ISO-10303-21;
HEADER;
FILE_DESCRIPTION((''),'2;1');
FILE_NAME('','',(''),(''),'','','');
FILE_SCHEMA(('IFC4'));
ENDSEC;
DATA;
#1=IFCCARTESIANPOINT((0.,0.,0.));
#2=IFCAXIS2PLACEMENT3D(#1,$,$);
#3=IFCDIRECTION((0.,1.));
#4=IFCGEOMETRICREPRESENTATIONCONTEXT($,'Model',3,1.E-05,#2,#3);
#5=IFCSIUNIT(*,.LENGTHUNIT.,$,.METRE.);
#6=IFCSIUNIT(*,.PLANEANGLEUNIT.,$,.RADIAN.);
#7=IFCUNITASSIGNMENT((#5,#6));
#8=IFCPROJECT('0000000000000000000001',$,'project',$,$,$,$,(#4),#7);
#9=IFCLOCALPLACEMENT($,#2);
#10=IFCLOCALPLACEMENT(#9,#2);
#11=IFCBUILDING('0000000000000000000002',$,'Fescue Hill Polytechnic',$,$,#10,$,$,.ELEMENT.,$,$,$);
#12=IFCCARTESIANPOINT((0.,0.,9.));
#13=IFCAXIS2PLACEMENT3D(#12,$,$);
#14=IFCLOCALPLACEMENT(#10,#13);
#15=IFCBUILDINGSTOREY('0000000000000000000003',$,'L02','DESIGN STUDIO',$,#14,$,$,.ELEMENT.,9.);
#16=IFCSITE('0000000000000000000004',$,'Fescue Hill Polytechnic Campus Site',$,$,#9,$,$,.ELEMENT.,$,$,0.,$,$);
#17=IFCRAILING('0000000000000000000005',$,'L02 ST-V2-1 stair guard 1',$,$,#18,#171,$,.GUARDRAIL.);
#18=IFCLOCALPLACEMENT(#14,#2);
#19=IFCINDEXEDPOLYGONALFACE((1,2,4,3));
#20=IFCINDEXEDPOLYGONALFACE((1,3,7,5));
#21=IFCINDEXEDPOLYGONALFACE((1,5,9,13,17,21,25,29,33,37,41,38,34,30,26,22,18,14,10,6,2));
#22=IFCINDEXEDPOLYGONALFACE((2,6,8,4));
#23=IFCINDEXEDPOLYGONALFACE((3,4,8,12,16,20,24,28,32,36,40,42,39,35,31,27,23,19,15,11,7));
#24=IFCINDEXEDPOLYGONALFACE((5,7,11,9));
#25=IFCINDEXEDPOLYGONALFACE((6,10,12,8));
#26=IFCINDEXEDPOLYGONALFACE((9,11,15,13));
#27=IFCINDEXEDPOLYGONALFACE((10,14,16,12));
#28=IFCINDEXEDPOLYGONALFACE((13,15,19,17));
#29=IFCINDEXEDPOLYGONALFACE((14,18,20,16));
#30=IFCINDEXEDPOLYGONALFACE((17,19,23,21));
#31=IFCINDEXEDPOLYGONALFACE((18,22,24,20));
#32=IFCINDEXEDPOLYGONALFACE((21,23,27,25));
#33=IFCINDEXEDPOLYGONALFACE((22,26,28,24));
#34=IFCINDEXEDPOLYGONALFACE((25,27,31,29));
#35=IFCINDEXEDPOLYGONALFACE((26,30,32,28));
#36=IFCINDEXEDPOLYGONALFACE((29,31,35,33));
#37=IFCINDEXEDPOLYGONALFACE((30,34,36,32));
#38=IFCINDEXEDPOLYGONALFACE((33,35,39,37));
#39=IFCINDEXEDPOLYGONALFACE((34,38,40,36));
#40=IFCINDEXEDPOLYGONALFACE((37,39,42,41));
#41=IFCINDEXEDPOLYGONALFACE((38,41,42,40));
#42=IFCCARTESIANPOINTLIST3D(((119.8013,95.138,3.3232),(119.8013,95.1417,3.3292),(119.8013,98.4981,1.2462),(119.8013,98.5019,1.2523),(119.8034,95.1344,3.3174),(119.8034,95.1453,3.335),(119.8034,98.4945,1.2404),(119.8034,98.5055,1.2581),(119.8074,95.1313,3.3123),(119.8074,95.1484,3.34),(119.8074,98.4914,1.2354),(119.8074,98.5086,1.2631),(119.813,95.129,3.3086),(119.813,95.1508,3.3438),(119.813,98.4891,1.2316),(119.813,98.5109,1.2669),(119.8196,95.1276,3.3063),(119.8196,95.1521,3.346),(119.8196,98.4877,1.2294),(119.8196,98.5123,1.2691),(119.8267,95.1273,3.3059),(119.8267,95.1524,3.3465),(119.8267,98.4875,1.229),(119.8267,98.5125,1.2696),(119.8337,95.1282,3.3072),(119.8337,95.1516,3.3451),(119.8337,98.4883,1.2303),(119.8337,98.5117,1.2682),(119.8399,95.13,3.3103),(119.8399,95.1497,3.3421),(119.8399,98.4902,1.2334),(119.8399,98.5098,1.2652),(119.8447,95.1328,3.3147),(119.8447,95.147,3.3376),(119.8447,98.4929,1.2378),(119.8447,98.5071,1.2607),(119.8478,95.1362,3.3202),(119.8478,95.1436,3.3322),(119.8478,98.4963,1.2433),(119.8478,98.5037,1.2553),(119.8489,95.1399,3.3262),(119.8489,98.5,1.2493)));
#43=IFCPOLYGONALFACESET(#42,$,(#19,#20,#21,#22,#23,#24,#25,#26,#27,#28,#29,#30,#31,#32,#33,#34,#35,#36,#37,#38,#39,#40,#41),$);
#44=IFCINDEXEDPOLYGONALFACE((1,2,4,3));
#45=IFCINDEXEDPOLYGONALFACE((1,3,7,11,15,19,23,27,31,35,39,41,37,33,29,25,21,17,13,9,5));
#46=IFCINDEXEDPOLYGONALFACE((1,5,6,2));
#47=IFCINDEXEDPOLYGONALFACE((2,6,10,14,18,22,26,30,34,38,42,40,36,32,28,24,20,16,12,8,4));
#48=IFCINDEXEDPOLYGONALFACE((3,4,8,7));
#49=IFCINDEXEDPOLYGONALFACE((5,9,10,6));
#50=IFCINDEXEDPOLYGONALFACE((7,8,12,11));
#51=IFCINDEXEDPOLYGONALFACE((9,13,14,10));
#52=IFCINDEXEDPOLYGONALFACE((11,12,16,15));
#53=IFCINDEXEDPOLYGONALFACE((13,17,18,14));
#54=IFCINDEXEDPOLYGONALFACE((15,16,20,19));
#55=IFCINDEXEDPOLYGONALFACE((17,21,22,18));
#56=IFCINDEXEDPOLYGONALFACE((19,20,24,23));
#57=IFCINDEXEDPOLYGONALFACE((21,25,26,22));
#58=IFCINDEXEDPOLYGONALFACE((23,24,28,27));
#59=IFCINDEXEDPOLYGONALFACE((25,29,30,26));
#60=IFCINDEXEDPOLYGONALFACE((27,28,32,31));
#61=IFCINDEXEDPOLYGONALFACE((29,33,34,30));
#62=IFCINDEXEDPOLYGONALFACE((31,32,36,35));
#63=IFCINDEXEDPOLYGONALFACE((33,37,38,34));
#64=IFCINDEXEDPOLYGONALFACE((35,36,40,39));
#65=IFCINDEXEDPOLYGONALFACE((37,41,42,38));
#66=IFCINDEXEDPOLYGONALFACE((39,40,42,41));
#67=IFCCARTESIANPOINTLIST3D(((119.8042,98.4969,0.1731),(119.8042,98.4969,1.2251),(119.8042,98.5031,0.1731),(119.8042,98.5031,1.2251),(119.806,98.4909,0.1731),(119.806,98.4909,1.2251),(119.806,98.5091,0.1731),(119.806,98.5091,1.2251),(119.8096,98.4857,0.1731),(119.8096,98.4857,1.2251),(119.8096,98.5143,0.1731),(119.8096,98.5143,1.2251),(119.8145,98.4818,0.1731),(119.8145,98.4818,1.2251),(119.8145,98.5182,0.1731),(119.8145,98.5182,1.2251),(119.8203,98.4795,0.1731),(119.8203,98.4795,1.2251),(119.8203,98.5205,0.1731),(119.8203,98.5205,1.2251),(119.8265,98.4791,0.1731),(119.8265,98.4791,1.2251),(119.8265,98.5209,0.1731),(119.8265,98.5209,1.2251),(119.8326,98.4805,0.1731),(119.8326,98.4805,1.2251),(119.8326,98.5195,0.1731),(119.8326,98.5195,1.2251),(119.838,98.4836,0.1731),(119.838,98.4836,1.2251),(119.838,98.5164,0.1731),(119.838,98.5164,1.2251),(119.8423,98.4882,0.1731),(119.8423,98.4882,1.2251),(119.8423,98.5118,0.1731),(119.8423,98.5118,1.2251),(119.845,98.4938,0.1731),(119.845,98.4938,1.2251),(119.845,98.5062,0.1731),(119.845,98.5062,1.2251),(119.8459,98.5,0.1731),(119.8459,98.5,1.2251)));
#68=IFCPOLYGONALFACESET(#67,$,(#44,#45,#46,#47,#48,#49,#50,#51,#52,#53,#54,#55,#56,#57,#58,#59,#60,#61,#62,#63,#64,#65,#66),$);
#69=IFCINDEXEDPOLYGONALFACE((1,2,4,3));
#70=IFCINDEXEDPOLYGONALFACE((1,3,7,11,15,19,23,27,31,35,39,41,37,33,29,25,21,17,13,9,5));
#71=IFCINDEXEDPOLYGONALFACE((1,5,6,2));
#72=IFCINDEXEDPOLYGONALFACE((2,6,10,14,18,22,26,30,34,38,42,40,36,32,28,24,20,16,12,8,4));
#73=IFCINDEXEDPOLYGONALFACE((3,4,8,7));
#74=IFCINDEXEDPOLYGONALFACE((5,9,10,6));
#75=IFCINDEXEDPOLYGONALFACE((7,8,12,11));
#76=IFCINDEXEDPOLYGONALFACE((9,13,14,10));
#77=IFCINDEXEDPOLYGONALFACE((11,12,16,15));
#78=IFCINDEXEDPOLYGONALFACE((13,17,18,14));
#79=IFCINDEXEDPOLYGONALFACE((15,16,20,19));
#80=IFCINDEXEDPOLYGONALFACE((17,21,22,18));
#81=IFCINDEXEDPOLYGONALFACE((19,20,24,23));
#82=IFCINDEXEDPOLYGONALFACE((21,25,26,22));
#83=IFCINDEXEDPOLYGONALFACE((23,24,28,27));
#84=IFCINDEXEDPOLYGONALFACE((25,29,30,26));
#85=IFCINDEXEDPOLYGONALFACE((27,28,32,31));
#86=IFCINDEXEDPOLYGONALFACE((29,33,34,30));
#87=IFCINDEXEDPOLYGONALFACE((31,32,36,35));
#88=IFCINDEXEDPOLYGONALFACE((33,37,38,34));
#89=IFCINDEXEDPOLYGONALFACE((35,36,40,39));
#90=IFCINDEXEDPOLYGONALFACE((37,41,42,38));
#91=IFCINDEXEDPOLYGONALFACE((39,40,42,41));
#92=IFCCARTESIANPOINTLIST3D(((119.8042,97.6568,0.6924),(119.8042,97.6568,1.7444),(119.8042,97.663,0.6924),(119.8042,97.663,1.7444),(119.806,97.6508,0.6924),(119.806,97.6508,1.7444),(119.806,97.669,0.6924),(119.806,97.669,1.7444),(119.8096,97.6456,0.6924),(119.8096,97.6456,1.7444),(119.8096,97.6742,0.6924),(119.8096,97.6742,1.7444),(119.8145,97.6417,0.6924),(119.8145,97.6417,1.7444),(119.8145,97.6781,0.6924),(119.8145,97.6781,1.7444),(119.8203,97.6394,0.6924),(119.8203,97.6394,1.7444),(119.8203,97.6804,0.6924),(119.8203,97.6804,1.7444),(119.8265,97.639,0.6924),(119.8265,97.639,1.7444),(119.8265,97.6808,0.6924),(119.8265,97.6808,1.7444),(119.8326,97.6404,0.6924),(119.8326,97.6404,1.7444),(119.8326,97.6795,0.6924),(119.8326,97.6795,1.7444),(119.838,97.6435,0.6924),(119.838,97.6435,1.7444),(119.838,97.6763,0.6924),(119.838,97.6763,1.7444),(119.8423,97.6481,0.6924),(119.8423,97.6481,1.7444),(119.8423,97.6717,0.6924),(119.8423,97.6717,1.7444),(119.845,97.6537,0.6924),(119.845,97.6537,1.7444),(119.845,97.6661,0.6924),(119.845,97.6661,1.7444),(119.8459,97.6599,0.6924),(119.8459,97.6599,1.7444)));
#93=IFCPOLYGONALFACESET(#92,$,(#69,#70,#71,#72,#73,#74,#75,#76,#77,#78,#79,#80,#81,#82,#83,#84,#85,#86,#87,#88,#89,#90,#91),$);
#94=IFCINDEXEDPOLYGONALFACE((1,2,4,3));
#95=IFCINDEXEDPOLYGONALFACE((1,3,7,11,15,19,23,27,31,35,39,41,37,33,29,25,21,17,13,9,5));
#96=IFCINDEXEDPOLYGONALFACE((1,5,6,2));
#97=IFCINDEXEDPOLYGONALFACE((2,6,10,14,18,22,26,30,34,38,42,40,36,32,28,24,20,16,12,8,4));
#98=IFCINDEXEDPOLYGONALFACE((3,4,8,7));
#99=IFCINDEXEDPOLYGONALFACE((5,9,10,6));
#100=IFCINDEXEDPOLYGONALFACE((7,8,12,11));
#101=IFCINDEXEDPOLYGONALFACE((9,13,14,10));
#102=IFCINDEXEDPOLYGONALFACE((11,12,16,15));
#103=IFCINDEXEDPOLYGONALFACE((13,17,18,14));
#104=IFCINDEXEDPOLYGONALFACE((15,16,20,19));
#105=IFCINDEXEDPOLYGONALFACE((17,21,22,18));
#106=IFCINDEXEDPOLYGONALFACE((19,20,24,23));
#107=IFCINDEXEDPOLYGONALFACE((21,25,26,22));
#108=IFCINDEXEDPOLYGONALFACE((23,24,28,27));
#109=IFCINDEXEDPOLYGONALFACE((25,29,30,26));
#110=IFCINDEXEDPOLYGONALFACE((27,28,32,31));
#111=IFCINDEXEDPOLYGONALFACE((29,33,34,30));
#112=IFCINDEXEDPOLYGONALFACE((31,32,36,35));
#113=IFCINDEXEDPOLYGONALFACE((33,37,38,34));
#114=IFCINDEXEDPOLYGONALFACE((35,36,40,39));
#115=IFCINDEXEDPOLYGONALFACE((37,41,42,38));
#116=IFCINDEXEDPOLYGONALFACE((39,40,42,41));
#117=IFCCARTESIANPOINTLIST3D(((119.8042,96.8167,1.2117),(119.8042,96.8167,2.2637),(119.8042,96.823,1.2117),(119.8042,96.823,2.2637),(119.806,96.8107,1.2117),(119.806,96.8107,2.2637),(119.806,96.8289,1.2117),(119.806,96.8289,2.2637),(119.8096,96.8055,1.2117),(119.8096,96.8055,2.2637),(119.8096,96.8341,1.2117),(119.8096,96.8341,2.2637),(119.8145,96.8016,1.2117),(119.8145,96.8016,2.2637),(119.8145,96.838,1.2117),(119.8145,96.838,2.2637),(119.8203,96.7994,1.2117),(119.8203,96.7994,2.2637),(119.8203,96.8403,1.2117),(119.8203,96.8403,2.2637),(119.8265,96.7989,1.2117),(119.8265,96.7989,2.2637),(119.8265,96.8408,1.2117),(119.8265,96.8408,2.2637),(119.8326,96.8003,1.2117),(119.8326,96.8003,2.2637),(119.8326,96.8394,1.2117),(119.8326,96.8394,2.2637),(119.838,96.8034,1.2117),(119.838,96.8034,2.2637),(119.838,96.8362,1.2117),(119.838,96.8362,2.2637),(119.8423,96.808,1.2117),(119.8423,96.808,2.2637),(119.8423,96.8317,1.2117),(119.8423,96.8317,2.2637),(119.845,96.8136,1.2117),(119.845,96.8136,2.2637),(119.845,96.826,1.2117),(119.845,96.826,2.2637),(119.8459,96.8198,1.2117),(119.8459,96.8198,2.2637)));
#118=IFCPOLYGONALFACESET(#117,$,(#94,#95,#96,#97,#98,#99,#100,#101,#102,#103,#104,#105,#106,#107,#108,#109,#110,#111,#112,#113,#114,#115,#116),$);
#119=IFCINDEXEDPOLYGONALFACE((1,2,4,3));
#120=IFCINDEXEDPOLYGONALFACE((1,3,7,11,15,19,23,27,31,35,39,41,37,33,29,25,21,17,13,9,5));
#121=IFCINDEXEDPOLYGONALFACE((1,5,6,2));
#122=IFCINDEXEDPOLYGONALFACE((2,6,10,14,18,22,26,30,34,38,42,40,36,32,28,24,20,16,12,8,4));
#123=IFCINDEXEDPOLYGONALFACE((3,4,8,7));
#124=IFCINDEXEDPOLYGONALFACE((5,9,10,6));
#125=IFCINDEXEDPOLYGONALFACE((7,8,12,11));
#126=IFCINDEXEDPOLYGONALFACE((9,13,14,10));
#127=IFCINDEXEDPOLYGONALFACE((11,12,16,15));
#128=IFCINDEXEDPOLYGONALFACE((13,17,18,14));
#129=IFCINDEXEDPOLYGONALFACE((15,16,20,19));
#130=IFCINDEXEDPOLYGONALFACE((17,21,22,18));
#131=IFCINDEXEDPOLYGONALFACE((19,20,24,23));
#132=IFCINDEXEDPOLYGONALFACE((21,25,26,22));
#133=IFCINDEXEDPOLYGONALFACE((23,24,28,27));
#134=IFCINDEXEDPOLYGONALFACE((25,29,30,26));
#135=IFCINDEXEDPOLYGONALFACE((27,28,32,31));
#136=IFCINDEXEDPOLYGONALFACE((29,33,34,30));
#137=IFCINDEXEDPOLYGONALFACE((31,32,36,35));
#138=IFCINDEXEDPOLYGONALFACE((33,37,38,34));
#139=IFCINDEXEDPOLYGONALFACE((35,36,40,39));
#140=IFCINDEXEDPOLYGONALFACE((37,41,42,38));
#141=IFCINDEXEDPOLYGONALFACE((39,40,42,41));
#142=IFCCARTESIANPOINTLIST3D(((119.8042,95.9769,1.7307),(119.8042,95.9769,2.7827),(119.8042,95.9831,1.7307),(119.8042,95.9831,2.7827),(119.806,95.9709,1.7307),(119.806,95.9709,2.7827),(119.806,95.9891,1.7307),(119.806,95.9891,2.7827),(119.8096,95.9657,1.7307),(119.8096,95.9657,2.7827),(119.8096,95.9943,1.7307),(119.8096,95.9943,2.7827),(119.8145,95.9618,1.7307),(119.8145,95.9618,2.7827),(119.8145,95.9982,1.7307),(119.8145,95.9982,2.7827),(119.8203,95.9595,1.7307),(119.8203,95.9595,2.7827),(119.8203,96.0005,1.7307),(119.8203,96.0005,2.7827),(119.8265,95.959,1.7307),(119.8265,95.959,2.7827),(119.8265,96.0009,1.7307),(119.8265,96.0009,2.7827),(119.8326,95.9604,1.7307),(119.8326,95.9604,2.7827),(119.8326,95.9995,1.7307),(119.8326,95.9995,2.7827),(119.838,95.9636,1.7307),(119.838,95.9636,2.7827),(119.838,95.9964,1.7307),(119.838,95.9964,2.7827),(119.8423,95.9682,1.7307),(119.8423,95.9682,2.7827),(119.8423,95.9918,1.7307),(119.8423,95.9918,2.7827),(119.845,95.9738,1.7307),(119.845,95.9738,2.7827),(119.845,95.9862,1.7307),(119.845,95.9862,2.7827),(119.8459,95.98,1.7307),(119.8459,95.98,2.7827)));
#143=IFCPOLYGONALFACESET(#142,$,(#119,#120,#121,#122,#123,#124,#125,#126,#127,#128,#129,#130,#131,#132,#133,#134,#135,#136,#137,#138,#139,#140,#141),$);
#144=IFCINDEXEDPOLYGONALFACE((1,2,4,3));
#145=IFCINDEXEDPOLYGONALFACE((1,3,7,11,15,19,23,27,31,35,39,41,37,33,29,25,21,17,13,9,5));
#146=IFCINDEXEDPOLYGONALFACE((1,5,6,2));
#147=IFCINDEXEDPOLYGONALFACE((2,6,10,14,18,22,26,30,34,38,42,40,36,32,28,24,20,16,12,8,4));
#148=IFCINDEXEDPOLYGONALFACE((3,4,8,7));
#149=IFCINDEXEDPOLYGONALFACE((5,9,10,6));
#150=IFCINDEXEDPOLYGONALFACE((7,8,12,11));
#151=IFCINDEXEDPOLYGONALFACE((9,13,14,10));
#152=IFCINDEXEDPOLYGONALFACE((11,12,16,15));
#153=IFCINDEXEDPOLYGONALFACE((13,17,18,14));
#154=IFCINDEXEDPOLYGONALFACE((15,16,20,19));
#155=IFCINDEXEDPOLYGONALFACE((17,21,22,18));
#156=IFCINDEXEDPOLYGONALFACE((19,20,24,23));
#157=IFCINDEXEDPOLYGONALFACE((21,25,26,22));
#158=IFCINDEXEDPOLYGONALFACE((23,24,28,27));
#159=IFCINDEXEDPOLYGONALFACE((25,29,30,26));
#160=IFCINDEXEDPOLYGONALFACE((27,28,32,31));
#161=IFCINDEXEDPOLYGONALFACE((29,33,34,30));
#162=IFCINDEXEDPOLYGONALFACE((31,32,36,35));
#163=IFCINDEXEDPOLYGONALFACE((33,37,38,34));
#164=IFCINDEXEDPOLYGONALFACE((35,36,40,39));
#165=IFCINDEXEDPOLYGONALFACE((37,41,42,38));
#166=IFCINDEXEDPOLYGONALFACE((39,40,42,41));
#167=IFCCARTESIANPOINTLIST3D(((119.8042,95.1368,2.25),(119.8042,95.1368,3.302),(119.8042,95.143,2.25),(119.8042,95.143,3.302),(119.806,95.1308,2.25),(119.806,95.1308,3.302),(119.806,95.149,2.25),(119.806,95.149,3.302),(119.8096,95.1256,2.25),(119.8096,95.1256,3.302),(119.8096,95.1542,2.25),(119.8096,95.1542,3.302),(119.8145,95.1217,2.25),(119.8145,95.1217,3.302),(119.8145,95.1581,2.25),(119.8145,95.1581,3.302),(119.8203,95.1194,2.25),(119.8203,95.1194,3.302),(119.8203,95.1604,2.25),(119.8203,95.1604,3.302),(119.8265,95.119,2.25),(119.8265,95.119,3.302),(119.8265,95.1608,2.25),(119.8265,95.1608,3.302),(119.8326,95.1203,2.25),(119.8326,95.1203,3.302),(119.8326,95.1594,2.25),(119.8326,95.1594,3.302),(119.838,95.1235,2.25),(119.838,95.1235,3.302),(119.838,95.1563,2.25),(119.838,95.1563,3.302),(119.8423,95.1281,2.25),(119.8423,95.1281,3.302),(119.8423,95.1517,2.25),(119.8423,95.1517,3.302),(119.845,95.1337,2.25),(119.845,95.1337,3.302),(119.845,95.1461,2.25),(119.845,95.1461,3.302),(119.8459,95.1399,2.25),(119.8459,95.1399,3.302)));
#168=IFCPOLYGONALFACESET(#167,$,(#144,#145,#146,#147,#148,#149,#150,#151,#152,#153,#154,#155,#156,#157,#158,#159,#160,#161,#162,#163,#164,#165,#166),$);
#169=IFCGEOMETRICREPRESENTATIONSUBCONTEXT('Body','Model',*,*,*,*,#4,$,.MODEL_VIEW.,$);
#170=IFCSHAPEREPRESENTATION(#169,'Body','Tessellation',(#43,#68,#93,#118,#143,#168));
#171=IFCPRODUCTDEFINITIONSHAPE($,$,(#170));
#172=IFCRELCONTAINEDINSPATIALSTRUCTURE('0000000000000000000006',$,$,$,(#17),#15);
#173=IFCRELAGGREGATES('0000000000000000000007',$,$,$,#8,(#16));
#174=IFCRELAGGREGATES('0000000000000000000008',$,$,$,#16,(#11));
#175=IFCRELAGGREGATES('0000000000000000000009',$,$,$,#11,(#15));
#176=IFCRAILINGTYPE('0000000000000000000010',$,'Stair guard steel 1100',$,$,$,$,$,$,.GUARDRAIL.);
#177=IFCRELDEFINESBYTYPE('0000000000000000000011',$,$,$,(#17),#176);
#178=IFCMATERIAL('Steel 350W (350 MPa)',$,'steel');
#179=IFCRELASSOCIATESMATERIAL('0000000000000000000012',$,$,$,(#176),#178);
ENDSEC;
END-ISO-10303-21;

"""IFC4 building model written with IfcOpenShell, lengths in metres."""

from ifc_helpers import new_model, si_unit, direction, frame, origin, origin_2d, place, context, subcontext, project, spatial, circle, extrude, material, type_object, element, save


model = new_model("IFC4")

# Units and contexts
model_context = context("Model", 3, precision=1e-05, world=origin(), true_north=direction((0.0, 1.0)))
body_context = subcontext(model_context, "Body", "Model", "MODEL_VIEW")
ifc_project = project(units=[si_unit("LENGTHUNIT", "METRE"), si_unit("PLANEANGLEUNIT", "RADIAN")], contexts=[model_context])

# Site, building, storey
site_placement = place(None, origin())
site = spatial("IfcSite", under=ifc_project, at=site_placement, Name="Fescue Hill Polytechnic Campus Site", CompositionType="ELEMENT", RefElevation=0.0)
building_placement = place(site_placement, origin())
building = spatial("IfcBuilding", under=site, at=building_placement, Name="Fescue Hill Polytechnic", CompositionType="ELEMENT")
storey_placement = place(building_placement, frame((0.0, 0.0, 9.0)))
storey = spatial("IfcBuildingStorey", under=building, at=storey_placement, Name="L02", Description="DESIGN STUDIO", CompositionType="ELEMENT", Elevation=9.0)

# Railing
ifc_material_1 = material(Name="Steel 350W (350 MPa)", Category="steel")
railing_type_1 = type_object("IfcRailingType", Name="Stair guard steel 1100", PredefinedType="GUARDRAIL", material=ifc_material_1)
railing_1_placement = place(storey_placement, frame((119.825, 98.5, 0.1731)))
element("IfcRailing", 1, at=railing_1_placement, inside=storey, type_object=railing_type_1, Name="L02 ST-V2-1 stair guard 1", PredefinedType="GUARDRAIL", context=body_context, shape_type="SweptSolid", body=[
    extrude(circle(Radius=0.0239, at=origin_2d()), frame((0.0, 0.0, 1.0762), z_axis=(0.0, -0.850623, 0.525776), x_axis=(1.0, 0.0, 0.0)), (0.0, 0.0, 1.0), 3.9502),
    extrude(circle(Radius=0.021, at=origin_2d()), origin(), (0.0, 0.0, 1.0), 1.052),
    extrude(circle(Radius=0.021, at=origin_2d()), frame((0.0, -0.8401, 0.5193)), (0.0, 0.0, 1.0), 1.052),
    extrude(circle(Radius=0.021, at=origin_2d()), frame((0.0, -1.6802, 1.0386)), (0.0, 0.0, 1.0), 1.052),
    extrude(circle(Radius=0.021, at=origin_2d()), frame((0.0, -2.52, 1.5576)), (0.0, 0.0, 1.0), 1.052),
    extrude(circle(Radius=0.021, at=origin_2d()), frame((0.0, -3.3601, 2.0769)), (0.0, 0.0, 1.0), 1.052),
])

save(model, "model.ifc")
